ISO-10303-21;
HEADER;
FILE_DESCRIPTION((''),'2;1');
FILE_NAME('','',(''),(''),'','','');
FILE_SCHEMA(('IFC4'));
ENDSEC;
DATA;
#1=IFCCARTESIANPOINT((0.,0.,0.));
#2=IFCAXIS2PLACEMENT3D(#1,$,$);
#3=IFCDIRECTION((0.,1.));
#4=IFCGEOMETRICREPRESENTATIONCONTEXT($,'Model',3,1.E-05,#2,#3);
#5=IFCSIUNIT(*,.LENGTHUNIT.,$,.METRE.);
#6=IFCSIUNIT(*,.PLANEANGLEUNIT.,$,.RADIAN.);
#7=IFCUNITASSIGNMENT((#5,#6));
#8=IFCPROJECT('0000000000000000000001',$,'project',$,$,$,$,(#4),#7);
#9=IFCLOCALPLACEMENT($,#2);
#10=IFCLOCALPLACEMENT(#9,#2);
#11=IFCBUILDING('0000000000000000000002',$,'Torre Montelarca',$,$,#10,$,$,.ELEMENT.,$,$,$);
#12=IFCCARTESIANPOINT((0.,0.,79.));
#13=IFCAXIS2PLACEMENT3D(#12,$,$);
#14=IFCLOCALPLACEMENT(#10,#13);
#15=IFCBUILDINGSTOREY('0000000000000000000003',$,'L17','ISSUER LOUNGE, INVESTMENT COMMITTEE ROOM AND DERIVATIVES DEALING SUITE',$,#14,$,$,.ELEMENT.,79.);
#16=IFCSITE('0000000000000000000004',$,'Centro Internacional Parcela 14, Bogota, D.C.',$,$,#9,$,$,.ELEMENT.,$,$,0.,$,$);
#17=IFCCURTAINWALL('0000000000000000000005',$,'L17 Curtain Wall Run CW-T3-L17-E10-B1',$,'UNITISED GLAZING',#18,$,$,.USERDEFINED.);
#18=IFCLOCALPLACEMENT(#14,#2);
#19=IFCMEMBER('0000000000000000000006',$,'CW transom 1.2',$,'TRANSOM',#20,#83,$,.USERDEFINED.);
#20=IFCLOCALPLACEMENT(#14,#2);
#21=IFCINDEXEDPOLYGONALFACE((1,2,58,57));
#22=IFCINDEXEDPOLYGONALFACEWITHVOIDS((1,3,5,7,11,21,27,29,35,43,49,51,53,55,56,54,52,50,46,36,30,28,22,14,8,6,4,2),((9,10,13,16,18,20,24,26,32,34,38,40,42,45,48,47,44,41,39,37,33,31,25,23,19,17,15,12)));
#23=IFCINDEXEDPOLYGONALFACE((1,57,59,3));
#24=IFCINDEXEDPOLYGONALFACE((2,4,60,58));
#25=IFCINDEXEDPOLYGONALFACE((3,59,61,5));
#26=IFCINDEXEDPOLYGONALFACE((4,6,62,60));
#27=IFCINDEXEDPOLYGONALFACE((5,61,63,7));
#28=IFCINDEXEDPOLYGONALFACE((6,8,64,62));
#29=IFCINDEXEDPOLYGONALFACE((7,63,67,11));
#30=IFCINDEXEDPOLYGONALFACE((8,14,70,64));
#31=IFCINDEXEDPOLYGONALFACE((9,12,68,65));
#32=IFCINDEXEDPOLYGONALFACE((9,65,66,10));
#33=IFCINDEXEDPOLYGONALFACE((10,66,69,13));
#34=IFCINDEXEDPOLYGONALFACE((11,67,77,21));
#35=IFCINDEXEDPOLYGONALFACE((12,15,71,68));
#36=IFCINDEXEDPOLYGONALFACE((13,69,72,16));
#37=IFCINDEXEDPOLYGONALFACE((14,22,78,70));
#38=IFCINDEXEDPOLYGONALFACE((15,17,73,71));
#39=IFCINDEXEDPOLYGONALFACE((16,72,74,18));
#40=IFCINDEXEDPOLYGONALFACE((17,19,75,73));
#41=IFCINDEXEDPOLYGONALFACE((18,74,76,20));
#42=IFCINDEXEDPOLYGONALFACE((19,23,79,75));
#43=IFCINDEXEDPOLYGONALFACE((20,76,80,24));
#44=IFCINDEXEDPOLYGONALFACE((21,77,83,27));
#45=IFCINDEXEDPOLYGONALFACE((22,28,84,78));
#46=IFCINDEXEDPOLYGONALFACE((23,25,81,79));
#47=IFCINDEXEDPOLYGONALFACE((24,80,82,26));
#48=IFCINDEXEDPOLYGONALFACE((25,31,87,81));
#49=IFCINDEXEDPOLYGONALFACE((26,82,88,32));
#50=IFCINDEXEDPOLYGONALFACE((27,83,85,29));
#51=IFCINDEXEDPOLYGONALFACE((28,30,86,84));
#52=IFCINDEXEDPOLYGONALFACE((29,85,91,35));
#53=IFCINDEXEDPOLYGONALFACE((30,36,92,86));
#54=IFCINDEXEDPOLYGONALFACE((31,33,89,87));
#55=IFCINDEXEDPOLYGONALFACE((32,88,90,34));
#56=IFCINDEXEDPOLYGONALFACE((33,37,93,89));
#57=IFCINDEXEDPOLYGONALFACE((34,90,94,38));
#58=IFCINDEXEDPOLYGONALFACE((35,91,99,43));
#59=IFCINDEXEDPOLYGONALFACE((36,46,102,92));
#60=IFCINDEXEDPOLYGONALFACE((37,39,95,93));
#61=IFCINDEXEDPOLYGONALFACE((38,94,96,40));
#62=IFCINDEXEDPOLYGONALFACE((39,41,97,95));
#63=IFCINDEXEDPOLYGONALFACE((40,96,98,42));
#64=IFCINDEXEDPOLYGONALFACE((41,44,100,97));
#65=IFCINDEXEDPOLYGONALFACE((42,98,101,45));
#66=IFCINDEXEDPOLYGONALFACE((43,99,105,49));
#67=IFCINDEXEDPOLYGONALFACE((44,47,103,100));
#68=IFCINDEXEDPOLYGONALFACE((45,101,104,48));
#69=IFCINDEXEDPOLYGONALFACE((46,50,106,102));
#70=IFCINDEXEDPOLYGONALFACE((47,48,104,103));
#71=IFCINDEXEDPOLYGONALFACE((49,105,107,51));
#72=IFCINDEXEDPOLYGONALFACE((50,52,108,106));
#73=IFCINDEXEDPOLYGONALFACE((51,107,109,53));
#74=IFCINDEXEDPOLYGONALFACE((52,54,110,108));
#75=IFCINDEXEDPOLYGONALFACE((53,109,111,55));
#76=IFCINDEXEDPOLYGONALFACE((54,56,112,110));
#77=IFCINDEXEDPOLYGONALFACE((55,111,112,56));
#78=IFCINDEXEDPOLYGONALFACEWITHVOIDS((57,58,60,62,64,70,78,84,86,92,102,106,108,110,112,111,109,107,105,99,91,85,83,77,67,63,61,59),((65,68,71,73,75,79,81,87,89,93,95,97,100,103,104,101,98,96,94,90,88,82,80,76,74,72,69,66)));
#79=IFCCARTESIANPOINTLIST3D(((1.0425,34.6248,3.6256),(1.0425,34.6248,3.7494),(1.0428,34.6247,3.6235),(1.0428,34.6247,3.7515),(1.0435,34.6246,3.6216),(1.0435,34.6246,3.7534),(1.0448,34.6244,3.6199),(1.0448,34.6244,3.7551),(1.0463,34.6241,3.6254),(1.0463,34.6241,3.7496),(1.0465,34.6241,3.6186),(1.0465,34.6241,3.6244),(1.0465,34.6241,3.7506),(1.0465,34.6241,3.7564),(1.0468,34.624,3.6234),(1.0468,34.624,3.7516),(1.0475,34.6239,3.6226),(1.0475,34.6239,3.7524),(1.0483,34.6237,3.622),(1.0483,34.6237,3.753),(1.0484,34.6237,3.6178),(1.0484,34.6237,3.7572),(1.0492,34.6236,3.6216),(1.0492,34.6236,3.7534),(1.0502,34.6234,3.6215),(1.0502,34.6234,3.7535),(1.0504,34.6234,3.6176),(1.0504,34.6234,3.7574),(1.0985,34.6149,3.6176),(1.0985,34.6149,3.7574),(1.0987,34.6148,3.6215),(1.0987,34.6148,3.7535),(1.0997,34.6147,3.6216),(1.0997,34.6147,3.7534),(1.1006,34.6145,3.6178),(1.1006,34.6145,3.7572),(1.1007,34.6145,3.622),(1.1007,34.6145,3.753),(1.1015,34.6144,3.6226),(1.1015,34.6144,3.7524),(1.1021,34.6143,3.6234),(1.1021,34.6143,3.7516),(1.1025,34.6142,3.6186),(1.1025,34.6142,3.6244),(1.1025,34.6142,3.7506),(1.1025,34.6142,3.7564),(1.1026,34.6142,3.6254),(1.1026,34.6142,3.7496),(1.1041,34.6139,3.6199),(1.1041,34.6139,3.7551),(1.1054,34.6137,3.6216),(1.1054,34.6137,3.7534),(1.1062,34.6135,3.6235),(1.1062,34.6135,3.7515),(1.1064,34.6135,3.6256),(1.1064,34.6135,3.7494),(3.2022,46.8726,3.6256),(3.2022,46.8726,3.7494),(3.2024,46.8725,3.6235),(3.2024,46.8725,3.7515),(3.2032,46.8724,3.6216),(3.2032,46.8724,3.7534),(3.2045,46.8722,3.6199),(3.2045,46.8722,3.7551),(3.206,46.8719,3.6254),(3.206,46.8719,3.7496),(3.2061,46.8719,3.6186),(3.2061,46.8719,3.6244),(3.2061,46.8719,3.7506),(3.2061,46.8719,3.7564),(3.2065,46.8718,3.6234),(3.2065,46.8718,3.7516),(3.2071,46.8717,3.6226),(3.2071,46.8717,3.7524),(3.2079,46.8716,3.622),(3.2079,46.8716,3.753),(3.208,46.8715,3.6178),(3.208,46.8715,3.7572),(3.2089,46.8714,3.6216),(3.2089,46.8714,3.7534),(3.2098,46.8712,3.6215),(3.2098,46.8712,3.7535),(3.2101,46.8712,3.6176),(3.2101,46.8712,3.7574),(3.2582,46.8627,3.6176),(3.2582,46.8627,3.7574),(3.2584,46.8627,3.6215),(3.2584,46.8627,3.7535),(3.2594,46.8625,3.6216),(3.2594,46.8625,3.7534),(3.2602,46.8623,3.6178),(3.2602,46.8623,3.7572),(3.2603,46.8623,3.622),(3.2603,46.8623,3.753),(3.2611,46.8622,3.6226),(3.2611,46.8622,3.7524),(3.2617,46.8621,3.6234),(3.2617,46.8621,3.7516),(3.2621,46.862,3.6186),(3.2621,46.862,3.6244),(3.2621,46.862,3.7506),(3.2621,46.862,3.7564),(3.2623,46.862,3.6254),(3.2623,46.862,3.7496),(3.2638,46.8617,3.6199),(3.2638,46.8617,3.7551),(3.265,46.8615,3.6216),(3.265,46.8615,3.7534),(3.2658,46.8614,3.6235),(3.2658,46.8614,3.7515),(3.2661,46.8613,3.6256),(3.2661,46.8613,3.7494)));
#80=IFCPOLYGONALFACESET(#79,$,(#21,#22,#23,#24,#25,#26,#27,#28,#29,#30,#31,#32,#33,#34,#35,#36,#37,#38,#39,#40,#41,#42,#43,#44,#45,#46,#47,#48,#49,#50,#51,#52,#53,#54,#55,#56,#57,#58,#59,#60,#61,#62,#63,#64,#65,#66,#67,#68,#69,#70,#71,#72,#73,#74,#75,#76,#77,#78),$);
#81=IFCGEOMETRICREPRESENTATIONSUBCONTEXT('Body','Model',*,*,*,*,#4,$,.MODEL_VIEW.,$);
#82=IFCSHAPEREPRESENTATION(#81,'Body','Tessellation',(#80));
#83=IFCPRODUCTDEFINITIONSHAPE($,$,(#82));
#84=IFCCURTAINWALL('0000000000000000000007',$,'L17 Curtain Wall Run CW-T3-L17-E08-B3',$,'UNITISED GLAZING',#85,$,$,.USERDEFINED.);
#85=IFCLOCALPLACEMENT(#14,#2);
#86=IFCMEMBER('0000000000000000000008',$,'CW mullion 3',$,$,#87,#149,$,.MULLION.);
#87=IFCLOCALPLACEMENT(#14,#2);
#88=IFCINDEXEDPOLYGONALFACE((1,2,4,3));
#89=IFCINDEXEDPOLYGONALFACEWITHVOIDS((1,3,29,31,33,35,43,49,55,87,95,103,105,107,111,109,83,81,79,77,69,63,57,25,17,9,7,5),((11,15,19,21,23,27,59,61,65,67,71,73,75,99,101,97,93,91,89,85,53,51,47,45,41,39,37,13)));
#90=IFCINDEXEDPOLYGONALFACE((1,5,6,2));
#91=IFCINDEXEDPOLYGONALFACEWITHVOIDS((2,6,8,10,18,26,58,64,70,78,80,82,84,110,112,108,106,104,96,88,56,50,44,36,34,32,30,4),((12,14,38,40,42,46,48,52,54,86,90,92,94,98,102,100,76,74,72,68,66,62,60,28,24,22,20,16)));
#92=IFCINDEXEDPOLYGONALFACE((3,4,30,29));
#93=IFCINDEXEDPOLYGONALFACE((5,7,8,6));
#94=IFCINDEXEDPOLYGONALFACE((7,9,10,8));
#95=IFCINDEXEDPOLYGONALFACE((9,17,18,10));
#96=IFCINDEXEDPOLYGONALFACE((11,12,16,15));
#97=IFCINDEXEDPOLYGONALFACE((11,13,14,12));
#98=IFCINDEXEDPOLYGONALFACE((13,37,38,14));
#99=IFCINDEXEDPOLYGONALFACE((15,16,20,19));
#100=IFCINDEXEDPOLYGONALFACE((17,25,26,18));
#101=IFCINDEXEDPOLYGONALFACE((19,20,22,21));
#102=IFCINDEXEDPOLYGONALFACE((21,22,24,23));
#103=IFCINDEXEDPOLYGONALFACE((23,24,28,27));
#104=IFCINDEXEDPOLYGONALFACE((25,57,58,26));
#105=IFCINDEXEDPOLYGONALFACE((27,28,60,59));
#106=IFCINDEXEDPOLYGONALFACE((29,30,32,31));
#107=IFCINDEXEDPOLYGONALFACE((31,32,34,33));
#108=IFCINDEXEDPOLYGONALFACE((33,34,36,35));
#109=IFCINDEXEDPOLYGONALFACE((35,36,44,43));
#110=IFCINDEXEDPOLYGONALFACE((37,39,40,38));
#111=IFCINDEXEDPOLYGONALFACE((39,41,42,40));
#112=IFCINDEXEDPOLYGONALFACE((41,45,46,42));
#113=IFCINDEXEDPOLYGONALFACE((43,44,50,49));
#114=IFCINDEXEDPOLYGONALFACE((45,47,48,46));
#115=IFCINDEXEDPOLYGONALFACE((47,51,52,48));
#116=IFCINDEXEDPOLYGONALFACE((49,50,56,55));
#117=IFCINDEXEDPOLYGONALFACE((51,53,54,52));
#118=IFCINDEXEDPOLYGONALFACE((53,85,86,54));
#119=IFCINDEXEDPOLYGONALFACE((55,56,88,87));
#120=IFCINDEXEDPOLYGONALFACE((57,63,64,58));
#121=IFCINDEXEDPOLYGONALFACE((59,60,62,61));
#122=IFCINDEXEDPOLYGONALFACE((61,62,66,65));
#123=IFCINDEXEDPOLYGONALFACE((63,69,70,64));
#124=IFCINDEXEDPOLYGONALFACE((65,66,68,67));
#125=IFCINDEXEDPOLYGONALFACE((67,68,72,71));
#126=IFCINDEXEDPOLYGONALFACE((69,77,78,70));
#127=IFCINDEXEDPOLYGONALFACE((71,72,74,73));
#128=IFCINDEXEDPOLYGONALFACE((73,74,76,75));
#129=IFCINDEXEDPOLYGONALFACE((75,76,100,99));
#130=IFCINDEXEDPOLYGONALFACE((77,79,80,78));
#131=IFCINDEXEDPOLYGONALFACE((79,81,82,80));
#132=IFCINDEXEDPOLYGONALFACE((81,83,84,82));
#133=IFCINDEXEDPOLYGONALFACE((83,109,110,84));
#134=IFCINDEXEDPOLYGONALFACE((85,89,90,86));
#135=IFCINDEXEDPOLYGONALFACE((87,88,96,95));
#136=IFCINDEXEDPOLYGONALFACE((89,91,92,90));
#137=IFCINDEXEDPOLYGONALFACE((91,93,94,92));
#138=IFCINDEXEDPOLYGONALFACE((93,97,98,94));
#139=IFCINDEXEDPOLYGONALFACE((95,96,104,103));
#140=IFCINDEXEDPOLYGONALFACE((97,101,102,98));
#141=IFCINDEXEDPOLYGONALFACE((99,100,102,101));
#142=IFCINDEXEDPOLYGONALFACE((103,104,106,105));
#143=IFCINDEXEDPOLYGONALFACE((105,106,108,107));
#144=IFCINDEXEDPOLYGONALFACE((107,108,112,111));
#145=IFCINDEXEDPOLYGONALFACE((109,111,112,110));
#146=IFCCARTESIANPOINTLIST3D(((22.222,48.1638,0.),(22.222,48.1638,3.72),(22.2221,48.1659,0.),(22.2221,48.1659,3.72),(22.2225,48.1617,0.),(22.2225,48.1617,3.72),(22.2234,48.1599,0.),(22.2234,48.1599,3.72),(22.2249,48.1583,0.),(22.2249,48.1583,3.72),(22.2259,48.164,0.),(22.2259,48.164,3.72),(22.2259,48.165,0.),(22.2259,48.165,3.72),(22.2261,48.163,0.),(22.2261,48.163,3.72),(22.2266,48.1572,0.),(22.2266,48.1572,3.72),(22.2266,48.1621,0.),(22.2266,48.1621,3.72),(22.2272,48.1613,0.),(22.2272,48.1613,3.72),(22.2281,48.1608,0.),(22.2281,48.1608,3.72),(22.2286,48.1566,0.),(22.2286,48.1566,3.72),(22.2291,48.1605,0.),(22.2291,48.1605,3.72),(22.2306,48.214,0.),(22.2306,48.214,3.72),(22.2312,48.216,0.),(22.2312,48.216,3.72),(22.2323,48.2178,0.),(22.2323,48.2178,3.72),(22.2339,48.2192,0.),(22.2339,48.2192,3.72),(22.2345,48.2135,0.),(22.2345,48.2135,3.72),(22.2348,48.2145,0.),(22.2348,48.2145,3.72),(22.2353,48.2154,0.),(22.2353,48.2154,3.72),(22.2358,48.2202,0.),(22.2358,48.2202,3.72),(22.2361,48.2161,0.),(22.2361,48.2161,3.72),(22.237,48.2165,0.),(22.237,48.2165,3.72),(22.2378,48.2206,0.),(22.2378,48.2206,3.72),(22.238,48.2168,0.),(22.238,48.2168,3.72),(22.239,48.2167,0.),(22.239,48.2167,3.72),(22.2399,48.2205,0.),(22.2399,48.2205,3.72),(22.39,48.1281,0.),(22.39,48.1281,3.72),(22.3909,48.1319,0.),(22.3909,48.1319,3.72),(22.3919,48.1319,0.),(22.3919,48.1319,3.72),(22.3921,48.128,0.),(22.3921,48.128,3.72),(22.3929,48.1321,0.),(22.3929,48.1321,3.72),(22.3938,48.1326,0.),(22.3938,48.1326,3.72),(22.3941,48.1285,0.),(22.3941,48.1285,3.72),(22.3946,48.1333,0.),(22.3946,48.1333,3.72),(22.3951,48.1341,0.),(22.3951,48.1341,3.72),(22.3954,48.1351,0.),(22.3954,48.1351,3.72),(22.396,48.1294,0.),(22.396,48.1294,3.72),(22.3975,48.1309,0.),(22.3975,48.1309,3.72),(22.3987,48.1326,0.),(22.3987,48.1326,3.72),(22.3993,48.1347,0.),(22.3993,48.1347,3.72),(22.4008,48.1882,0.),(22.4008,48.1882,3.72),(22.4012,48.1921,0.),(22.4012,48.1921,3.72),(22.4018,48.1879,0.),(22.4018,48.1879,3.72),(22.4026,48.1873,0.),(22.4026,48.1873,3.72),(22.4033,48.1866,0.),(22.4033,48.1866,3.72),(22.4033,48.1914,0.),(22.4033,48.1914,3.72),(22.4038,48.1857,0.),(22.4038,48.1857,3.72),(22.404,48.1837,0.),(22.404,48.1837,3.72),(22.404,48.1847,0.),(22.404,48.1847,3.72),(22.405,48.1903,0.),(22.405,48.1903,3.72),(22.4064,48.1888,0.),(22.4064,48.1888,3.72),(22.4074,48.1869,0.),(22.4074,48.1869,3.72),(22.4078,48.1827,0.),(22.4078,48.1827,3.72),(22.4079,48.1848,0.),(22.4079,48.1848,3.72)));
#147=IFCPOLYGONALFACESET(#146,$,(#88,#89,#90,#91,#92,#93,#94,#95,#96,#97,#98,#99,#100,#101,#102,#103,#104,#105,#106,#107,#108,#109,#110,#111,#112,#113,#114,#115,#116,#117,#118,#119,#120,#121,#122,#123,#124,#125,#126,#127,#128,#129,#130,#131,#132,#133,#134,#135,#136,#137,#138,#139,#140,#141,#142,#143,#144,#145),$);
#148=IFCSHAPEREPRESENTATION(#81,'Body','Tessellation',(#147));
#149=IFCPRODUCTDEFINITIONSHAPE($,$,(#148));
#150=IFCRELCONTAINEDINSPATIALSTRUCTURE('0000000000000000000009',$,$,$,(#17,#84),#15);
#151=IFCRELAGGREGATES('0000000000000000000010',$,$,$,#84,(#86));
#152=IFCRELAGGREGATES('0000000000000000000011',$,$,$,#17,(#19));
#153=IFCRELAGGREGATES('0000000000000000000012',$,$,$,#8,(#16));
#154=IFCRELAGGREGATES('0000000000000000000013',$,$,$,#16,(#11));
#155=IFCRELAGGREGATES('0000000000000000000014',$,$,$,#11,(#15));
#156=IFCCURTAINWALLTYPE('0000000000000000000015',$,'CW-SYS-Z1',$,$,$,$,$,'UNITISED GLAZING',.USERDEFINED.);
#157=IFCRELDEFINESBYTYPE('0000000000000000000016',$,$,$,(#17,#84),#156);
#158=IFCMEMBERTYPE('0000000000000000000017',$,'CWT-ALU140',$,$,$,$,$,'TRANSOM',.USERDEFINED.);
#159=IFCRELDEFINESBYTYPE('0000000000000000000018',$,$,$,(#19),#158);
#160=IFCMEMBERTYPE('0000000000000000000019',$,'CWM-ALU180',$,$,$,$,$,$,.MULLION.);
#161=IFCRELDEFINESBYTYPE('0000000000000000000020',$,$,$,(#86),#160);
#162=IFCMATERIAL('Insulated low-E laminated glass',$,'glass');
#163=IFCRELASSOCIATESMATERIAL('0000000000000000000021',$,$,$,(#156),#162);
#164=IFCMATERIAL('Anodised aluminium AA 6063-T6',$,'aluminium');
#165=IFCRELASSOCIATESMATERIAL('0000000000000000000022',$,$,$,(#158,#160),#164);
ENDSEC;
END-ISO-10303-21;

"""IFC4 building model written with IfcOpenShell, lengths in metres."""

from ifc_helpers import new_model, si_unit, direction, frame, origin, origin_2d, place, context, subcontext, project, spatial, hollow_rectangle, extrude, source, transform, mapped, material, material_profile, profile_set, type_object, element, aggregate, save


model = new_model("IFC4")

# Units and contexts
model_context = context("Model", 3, precision=1e-05, world=origin(), true_north=direction((0.0, 1.0)))
body_context = subcontext(model_context, "Body", "Model", "MODEL_VIEW")
ifc_project = project(units=[si_unit("LENGTHUNIT", "METRE"), si_unit("PLANEANGLEUNIT", "RADIAN")], contexts=[model_context])

# Site, building, storey
site_placement = place(None, origin())
site = spatial("IfcSite", under=ifc_project, at=site_placement, Name="Centro Internacional Parcela 14, Bogota, D.C.", CompositionType="ELEMENT", RefElevation=0.0)
building_placement = place(site_placement, origin())
building = spatial("IfcBuilding", under=site, at=building_placement, Name="Torre Montelarca", CompositionType="ELEMENT")
storey_placement = place(building_placement, frame((0.0, 0.0, 79.0)))
storey = spatial("IfcBuildingStorey", under=building, at=storey_placement, Name="L17", Description="ISSUER LOUNGE, INVESTMENT COMMITTEE ROOM AND DERIVATIVES DEALING SUITE", CompositionType="ELEMENT", Elevation=79.0)

# Curtain wall, member
ifc_material_1 = material(Name="Insulated low-E laminated glass", Category="glass")
curtain_wall_type = type_object("IfcCurtainWallType", Name="CW-SYS-Z1", ElementType="UNITISED GLAZING", PredefinedType="USERDEFINED", material=ifc_material_1)
ifc_material_2 = material(Name="Anodised aluminium AA 6063-T6", Category="aluminium")
ifc_material_profile_1 = material_profile(ifc_material_2, hollow_rectangle(XDim=0.0649, YDim=0.1399, WallThickness=0.0039, InnerFilletRadius=0.0039, OuterFilletRadius=0.0081, at=origin_2d()), Name="ALU65X140X4", Category="aluminium")
ifc_profile_set_1 = profile_set([ifc_material_profile_1], Name="Anodised aluminium AA 6063-T6")
member_type_1 = type_object("IfcMemberType", Name="CWT-ALU140", ElementType="TRANSOM", PredefinedType="USERDEFINED", material=ifc_profile_set_1)
curtain_wall_1_placement = place(storey_placement, origin())
curtain_wall_1 = element("IfcCurtainWall", 1, at=curtain_wall_1_placement, inside=storey, type_object=curtain_wall_type, Name="L17 Curtain Wall Run CW-T3-L17-E10-B1", ObjectType="UNITISED GLAZING", PredefinedType="USERDEFINED")
shared_shape_1 = source(origin(), body_context, "Body", "SweptSolid", [
    extrude(hollow_rectangle(XDim=0.0649, YDim=0.1399, WallThickness=0.0039, InnerFilletRadius=0.0039, OuterFilletRadius=0.0081, at=origin_2d()), origin(), (0.0, 0.0, 1.0), 12.4368),
])
member_1_placement = place(storey_placement, frame((3.2341, 46.8669, 3.6875), z_axis=(-0.173652, -0.984807, 0.0), x_axis=(0.984807, -0.173652, 0.0)))
member_1 = element("IfcMember", 2, at=member_1_placement, type_object=member_type_1, Name="CW transom 1.2", ObjectType="TRANSOM", PredefinedType="USERDEFINED", context=body_context, shape_type="MappedRepresentation", body=[
    mapped(shared_shape_1, transform((0.0, 0.0, 0.0), scale=1.0)),
])

# Curtain wall, member
curtain_wall_2_placement = place(storey_placement, origin())
curtain_wall_2 = element("IfcCurtainWall", 3, at=curtain_wall_2_placement, inside=storey, type_object=curtain_wall_type, Name="L17 Curtain Wall Run CW-T3-L17-E08-B3", ObjectType="UNITISED GLAZING", PredefinedType="USERDEFINED")
ifc_material_profile_2 = material_profile(ifc_material_2, hollow_rectangle(XDim=0.0649, YDim=0.1799, WallThickness=0.0039, InnerFilletRadius=0.0039, OuterFilletRadius=0.0081, at=origin_2d()), Name="ALU65X180X4", Category="aluminium")
ifc_profile_set_2 = profile_set([ifc_material_profile_2], Name="Anodised aluminium AA 6063-T6")
member_type_2 = type_object("IfcMemberType", Name="CWM-ALU180", PredefinedType="MULLION", material=ifc_profile_set_2)
shared_shape_2 = source(origin(), body_context, "Body", "SweptSolid", [
    extrude(hollow_rectangle(XDim=0.0649, YDim=0.1799, WallThickness=0.0039, InnerFilletRadius=0.0039, OuterFilletRadius=0.0081, at=origin_2d()), origin(), (0.0, 0.0, 1.0), 3.72),
])
member_2_placement = place(storey_placement, frame((22.3149, 48.1743, 0.0), z_axis=(0.0, 0.0, 1.0), x_axis=(-0.173658, -0.984806, 0.0)))
member_2 = element("IfcMember", 4, at=member_2_placement, type_object=member_type_2, Name="CW mullion 3", PredefinedType="MULLION", context=body_context, shape_type="MappedRepresentation", body=[
    mapped(shared_shape_2, transform((0.0, 0.0, 0.0), scale=1.0)),
])
aggregate(curtain_wall_2, [member_2])

aggregate(curtain_wall_1, [member_1])

save(model, "model.ifc")
